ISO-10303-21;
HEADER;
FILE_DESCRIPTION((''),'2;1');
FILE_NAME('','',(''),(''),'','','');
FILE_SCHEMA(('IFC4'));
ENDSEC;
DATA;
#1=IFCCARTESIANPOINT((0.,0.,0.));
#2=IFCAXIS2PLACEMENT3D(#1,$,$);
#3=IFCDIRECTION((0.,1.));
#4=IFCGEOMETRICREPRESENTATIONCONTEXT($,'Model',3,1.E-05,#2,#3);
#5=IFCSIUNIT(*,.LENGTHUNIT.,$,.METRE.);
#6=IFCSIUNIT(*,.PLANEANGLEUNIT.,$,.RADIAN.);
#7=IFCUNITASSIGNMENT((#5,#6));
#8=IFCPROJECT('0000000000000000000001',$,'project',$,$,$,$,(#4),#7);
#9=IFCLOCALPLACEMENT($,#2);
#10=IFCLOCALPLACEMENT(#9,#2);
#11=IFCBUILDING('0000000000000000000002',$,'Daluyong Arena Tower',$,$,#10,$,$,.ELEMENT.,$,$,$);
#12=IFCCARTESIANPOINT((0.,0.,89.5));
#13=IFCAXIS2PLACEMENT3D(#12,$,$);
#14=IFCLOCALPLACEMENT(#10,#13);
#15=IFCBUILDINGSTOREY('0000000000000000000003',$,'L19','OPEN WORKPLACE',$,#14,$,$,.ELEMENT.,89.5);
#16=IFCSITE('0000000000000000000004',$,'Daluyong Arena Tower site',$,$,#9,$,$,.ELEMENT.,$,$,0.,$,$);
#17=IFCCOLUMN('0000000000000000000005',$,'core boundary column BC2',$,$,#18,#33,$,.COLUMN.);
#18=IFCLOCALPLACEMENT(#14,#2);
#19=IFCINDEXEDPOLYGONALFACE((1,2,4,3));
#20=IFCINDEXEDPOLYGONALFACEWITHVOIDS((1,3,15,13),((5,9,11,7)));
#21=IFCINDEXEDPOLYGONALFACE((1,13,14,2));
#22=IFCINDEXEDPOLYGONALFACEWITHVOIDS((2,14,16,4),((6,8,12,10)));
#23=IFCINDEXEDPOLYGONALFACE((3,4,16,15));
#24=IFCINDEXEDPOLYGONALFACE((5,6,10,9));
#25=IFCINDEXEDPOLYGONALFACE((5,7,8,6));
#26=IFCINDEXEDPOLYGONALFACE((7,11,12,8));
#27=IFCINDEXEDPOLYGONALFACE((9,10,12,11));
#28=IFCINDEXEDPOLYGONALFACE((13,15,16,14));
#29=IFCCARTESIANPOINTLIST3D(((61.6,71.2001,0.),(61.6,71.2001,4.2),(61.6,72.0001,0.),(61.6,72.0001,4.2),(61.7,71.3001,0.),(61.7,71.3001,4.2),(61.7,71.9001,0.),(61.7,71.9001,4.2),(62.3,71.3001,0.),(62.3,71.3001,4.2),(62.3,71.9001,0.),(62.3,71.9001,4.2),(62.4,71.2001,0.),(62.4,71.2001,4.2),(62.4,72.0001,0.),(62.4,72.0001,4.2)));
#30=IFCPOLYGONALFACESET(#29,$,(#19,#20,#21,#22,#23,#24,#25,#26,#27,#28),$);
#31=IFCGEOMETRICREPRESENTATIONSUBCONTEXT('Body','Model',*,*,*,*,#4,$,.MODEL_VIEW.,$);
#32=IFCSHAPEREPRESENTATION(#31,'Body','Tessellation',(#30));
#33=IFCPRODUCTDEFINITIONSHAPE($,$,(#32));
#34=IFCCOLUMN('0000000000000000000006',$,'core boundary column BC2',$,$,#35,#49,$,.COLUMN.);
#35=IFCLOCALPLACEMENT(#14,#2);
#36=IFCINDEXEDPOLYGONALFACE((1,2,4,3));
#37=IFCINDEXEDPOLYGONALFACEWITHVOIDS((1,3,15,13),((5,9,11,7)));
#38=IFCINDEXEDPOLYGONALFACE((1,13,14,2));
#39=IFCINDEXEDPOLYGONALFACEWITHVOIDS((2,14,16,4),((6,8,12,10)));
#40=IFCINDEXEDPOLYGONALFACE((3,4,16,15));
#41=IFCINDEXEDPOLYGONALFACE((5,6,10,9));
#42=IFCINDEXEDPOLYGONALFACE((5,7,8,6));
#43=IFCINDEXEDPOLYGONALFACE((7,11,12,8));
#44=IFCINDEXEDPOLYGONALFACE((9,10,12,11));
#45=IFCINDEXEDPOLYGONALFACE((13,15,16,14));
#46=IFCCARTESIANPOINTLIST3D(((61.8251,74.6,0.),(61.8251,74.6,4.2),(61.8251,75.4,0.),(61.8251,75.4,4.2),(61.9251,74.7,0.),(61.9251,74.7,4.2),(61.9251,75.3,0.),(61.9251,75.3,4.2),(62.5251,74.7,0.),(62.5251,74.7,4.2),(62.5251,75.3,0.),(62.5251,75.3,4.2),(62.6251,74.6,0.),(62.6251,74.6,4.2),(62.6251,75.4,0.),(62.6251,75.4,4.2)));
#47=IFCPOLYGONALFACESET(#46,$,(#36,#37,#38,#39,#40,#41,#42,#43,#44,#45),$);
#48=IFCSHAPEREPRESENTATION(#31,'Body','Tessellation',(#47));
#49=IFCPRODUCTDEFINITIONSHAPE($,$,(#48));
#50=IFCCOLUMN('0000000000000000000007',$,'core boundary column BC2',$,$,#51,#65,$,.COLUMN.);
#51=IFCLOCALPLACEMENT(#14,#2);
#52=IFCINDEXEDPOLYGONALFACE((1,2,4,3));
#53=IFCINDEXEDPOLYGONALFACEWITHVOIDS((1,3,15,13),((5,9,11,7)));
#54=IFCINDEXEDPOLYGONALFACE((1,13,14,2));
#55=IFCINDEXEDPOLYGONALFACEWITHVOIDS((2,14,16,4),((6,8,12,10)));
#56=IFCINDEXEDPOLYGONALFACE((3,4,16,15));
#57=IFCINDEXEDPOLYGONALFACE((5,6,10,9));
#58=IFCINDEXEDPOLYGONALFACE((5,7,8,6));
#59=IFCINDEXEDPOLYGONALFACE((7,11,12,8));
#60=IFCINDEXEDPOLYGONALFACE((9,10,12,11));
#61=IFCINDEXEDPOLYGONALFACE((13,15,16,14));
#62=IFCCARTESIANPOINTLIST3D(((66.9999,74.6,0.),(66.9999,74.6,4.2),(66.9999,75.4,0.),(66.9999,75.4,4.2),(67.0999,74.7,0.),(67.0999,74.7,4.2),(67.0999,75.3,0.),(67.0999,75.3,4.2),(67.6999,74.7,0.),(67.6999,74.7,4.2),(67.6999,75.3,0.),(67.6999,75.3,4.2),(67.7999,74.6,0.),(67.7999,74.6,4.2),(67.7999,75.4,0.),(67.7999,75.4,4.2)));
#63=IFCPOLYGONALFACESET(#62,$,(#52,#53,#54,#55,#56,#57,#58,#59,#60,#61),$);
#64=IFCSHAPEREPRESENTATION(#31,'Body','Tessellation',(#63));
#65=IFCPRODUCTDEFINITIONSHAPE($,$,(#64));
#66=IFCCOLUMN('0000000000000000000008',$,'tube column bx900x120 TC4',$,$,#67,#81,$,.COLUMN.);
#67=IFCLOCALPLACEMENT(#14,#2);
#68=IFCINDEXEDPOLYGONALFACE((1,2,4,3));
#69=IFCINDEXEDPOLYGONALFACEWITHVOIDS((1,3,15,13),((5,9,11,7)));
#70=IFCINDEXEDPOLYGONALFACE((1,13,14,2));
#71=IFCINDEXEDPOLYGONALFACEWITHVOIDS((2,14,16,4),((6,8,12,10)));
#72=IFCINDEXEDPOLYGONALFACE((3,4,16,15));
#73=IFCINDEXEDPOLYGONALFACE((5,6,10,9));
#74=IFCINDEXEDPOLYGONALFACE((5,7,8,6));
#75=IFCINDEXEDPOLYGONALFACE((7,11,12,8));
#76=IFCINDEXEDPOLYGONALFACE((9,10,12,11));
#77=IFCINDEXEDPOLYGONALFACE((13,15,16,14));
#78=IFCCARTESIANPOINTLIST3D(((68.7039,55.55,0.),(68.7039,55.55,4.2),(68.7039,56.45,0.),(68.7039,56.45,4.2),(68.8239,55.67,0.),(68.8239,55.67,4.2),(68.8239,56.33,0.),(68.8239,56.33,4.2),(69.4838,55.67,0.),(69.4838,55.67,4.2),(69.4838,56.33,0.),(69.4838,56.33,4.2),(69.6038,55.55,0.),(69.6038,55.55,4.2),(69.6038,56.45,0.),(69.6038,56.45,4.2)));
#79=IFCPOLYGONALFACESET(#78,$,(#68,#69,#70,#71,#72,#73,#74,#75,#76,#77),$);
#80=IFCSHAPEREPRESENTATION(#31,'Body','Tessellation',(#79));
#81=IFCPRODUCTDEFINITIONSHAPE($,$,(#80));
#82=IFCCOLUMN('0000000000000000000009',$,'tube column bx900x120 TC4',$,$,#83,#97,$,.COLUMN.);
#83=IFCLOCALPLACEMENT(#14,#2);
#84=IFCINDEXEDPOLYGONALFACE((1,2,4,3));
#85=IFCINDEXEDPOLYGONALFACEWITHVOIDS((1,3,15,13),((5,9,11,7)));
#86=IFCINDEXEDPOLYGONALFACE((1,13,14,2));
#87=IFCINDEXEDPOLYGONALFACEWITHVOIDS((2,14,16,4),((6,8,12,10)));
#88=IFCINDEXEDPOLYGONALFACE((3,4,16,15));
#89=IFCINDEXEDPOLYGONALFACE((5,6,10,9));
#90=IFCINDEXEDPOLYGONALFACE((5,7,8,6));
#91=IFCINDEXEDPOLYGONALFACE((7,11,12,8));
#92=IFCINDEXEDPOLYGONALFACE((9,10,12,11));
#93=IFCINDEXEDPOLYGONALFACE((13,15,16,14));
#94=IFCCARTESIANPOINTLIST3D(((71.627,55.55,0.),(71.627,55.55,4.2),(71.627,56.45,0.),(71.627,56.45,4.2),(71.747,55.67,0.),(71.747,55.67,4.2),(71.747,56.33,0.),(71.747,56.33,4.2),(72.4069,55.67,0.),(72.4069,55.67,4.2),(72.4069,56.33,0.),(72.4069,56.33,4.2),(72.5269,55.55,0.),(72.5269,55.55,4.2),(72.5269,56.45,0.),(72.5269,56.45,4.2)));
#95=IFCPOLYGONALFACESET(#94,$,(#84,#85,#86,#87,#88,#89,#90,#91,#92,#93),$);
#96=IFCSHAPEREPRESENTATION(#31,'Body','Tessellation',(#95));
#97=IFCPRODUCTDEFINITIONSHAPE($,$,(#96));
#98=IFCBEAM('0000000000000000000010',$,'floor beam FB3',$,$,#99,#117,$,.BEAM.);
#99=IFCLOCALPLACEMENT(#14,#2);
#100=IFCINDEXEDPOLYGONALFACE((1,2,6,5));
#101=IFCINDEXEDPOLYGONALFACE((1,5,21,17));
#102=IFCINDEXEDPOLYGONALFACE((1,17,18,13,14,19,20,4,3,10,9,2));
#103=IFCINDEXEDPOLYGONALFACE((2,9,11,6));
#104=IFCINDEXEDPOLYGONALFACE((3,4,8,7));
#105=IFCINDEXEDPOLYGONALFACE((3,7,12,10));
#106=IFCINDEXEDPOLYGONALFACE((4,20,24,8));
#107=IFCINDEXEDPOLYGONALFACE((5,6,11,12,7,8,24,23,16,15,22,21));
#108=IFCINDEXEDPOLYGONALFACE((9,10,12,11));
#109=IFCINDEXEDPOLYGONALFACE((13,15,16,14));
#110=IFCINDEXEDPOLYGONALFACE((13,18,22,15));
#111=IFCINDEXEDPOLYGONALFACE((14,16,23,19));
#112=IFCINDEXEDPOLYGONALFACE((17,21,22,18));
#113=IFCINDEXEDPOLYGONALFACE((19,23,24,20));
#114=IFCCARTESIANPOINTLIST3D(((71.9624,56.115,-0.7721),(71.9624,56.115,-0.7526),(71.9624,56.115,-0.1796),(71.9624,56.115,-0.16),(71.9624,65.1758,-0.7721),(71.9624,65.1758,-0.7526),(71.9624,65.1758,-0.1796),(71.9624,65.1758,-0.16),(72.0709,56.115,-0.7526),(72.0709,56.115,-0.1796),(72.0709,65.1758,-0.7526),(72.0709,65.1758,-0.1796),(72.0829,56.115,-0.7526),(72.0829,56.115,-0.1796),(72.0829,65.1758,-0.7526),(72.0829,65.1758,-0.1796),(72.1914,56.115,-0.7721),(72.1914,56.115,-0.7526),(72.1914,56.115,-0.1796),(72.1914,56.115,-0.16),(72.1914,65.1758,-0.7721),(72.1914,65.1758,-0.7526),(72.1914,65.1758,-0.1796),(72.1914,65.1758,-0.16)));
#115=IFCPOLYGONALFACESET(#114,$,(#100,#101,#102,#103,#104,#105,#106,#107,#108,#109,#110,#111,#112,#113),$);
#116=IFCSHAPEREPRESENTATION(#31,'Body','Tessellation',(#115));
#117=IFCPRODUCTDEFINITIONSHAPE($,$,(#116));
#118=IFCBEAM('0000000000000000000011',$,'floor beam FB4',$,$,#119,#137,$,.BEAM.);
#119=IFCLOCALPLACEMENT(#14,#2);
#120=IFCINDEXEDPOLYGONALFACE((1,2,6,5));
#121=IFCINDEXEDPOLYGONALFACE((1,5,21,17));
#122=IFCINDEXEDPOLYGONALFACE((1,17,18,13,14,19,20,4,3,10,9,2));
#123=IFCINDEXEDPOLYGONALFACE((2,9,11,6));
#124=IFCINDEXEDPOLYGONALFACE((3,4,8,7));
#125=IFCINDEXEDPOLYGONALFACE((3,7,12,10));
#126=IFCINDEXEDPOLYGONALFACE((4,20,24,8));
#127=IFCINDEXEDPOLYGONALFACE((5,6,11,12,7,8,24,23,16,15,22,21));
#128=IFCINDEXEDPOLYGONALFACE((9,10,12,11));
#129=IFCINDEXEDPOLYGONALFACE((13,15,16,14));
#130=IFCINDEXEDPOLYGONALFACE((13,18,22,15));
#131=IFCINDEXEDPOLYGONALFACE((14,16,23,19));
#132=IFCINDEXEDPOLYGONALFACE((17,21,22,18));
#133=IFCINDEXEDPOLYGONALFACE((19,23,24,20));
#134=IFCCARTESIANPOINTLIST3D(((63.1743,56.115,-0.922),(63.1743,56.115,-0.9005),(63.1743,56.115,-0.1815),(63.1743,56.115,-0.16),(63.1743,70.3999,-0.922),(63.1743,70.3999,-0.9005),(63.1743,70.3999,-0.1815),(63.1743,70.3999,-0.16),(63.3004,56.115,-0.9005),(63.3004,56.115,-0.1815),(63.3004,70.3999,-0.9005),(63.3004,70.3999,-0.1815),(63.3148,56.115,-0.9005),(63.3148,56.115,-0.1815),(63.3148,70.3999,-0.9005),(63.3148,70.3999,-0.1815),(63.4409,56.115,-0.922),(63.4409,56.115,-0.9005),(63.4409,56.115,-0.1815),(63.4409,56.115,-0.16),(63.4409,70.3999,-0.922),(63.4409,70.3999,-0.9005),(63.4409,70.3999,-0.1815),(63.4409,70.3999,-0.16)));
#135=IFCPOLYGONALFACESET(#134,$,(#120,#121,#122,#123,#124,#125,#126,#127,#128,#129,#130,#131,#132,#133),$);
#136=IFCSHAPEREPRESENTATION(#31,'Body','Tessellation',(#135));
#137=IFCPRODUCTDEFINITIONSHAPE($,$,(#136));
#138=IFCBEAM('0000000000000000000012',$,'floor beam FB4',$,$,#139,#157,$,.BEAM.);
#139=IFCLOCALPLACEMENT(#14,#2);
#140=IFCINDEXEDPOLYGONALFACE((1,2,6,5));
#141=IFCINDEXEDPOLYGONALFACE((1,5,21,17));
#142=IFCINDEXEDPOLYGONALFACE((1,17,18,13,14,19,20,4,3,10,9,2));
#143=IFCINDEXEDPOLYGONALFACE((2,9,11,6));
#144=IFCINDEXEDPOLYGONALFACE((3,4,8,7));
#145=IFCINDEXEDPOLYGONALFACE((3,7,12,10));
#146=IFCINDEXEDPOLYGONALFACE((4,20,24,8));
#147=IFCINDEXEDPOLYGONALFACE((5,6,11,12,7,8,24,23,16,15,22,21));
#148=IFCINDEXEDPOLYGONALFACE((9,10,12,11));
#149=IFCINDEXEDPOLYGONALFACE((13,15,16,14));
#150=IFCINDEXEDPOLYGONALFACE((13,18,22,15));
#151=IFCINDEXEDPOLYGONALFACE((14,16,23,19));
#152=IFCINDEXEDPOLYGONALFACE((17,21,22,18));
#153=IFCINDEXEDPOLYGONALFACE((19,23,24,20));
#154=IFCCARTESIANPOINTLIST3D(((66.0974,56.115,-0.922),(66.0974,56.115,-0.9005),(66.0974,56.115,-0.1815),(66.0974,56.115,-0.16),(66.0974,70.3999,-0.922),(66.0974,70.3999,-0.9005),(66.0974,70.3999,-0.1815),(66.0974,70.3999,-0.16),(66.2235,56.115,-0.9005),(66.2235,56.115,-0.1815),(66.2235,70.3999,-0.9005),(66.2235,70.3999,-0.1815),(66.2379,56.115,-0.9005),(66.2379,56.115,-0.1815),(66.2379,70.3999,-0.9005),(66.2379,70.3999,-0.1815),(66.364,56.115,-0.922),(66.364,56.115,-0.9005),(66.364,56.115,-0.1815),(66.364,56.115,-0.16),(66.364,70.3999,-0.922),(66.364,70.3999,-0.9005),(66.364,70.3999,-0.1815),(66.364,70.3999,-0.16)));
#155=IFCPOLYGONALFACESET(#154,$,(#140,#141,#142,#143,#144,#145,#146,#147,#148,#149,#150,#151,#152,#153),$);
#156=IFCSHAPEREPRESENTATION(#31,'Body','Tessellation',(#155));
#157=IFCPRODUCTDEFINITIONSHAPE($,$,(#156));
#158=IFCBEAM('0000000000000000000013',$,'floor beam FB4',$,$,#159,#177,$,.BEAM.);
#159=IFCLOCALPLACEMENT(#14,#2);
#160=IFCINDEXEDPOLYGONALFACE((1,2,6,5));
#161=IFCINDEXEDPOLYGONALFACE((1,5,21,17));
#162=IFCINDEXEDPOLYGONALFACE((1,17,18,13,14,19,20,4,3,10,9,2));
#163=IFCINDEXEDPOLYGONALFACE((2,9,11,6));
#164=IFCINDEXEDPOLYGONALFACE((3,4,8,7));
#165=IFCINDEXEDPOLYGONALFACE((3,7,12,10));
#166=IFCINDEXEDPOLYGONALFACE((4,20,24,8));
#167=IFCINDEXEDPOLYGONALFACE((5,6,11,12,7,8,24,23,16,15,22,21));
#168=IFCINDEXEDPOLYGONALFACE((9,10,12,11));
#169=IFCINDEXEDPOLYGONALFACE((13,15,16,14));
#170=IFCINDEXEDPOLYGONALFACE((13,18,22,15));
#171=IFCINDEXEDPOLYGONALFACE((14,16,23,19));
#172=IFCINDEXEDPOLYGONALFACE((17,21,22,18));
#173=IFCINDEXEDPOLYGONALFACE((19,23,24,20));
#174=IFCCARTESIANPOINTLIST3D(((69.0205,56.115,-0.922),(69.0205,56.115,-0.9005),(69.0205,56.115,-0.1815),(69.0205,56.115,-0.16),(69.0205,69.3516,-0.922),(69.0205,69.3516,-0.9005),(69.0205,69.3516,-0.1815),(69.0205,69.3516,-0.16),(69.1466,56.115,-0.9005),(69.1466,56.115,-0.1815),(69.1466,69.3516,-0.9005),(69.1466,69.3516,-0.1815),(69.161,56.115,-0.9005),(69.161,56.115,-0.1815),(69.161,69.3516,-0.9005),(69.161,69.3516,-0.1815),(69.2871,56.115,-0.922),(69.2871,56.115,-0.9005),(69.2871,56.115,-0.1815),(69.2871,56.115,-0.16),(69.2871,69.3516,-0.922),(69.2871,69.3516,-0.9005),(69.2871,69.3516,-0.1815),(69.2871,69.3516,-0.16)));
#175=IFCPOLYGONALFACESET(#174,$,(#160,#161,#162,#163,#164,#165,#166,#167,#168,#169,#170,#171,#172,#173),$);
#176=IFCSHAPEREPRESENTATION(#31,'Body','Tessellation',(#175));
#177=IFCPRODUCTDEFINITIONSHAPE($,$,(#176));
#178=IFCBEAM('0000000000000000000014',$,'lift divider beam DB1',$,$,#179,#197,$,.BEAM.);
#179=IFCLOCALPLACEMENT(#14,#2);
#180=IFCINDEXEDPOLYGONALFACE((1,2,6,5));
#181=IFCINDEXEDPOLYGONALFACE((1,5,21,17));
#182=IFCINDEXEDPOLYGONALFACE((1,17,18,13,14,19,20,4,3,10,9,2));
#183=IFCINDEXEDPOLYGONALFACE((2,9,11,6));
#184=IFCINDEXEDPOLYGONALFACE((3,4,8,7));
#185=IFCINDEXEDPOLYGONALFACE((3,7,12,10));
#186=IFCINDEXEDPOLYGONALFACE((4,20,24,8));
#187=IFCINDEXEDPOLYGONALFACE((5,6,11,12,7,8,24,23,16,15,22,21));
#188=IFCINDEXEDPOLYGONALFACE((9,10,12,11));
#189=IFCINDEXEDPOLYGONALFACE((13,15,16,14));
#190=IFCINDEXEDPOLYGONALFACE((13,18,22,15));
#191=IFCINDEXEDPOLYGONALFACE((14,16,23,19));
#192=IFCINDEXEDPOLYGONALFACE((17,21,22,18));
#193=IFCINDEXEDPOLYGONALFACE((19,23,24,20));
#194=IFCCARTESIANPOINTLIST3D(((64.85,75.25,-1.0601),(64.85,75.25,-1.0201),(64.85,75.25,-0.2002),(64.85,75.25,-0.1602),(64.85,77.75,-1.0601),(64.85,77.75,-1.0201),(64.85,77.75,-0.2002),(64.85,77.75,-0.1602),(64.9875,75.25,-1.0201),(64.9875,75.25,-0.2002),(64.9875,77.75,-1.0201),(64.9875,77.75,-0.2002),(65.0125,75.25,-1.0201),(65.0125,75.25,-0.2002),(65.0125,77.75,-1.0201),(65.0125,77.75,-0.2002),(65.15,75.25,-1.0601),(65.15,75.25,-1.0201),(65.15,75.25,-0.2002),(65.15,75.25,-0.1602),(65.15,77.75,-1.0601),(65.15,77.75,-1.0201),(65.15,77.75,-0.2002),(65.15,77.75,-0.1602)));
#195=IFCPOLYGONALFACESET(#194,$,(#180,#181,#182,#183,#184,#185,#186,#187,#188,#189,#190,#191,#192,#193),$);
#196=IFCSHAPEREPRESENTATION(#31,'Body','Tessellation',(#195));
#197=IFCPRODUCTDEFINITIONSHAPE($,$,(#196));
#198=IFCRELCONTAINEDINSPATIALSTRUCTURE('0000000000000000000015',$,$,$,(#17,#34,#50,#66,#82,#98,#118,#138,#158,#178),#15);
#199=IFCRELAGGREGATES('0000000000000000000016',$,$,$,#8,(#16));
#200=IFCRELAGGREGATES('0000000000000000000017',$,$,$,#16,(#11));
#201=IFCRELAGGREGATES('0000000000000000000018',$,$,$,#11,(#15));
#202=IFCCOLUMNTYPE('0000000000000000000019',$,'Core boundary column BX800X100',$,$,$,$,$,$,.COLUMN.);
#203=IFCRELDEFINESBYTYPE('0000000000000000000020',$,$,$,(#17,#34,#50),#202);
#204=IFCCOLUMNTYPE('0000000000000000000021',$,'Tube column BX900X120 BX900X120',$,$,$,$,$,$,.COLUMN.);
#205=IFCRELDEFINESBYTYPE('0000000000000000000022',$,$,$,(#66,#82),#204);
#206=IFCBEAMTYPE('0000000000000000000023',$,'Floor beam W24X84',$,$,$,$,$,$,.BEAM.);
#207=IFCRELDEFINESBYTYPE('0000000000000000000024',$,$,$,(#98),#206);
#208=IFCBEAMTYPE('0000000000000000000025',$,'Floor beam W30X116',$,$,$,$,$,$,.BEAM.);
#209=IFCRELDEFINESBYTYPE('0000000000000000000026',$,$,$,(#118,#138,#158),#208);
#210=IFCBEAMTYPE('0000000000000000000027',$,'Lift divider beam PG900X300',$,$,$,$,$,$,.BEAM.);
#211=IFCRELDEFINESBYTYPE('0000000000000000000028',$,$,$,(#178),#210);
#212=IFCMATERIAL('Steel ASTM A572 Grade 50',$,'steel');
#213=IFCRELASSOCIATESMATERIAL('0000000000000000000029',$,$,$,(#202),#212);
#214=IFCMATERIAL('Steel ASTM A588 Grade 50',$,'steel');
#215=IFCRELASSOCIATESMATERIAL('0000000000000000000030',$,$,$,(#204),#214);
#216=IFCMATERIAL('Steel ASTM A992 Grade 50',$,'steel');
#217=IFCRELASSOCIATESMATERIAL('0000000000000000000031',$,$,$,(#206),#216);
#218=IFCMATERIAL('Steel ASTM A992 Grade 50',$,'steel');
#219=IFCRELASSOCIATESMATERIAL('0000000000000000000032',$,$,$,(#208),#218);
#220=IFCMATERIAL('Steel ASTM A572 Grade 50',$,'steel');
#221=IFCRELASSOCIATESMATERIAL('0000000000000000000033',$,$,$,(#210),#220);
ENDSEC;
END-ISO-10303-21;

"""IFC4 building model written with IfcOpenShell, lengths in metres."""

from ifc_helpers import new_model, si_unit, direction, frame, origin, origin_2d, place, context, subcontext, project, spatial, hollow_rectangle, i_section, extrude, material, material_profile, profile_set, type_object, element, save


model = new_model("IFC4")

# Units and contexts
model_context = context("Model", 3, precision=1e-05, world=origin(), true_north=direction((0.0, 1.0)))
body_context = subcontext(model_context, "Body", "Model", "MODEL_VIEW")
ifc_project = project(units=[si_unit("LENGTHUNIT", "METRE"), si_unit("PLANEANGLEUNIT", "RADIAN")], contexts=[model_context])

# Site, building, storey
site_placement = place(None, origin())
site = spatial("IfcSite", under=ifc_project, at=site_placement, Name="Daluyong Arena Tower site", CompositionType="ELEMENT", RefElevation=0.0)
building_placement = place(site_placement, origin())
building = spatial("IfcBuilding", under=site, at=building_placement, Name="Daluyong Arena Tower", CompositionType="ELEMENT")
storey_placement = place(building_placement, frame((0.0, 0.0, 89.5)))
storey = spatial("IfcBuildingStorey", under=building, at=storey_placement, Name="L19", Description="OPEN WORKPLACE", CompositionType="ELEMENT", Elevation=89.5)

# Columns
ifc_material_1 = material(Name="Steel ASTM A572 Grade 50", Category="steel")
ifc_material_profile_1 = material_profile(ifc_material_1, hollow_rectangle(XDim=0.8, YDim=0.8, WallThickness=0.1, at=origin_2d()))
ifc_profile_set_1 = profile_set([ifc_material_profile_1], Name="Steel ASTM A572 Grade 50")
column_type_1 = type_object("IfcColumnType", Name="Core boundary column BX800X100", PredefinedType="COLUMN", material=ifc_profile_set_1)
for number, where, z_axis, x_axis, name in (
    (1, (62.0, 71.6001, 0.0), (0.0, 0.0, 1.0), (1.0, 0.0, 0.0), "core boundary column BC2"),
    (2, (62.2251, 75.0, 0.0), (0.0, 0.0, 1.0), (1.0, 0.0, 0.0), "core boundary column BC2"),
    (3, (67.3999, 75.0, 0.0), (0.0, 0.0, 1.0), (1.0, 0.0, 0.0), "core boundary column BC2"),
):
    element("IfcColumn", number, at=place(storey_placement, frame(where, z_axis=z_axis, x_axis=x_axis)), inside=storey, type_object=column_type_1, Name=name, PredefinedType="COLUMN", context=body_context, shape_type="SweptSolid", body=[
        extrude(hollow_rectangle(XDim=0.8, YDim=0.8, WallThickness=0.1, at=origin_2d()), origin(), (0.0, 0.0, 1.0), 4.2),
    ])
ifc_material_2 = material(Name="Steel ASTM A588 Grade 50", Category="steel")
ifc_material_profile_2 = material_profile(ifc_material_2, hollow_rectangle(XDim=0.8999, YDim=0.8999, WallThickness=0.12, at=origin_2d()))
ifc_profile_set_2 = profile_set([ifc_material_profile_2], Name="Steel ASTM A588 Grade 50")
column_type_2 = type_object("IfcColumnType", Name="Tube column BX900X120 BX900X120", PredefinedType="COLUMN", material=ifc_profile_set_2)
for number, where, z_axis, x_axis, name in (
    (4, (69.1538, 56.0, 0.0), (0.0, 0.0, 1.0), (1.0, 0.0, 0.0), "tube column bx900x120 TC4"),
    (5, (72.0769, 56.0, 0.0), (0.0, 0.0, 1.0), (1.0, 0.0, 0.0), "tube column bx900x120 TC4"),
):
    element("IfcColumn", number, at=place(storey_placement, frame(where, z_axis=z_axis, x_axis=x_axis)), inside=storey, type_object=column_type_2, Name=name, PredefinedType="COLUMN", context=body_context, shape_type="SweptSolid", body=[
        extrude(hollow_rectangle(XDim=0.8999, YDim=0.8999, WallThickness=0.12, at=origin_2d()), origin(), (0.0, 0.0, 1.0), 4.2),
    ])

# Beams
ifc_material_3 = material(Name="Steel ASTM A992 Grade 50", Category="steel")
ifc_material_profile_3 = material_profile(ifc_material_3, i_section(OverallWidth=0.229, OverallDepth=0.6121, WebThickness=0.012, FlangeThickness=0.0195, at=origin_2d()))
ifc_profile_set_3 = profile_set([ifc_material_profile_3], Name="Steel ASTM A992 Grade 50")
beam_type_1 = type_object("IfcBeamType", Name="Floor beam W24X84", PredefinedType="BEAM", material=ifc_profile_set_3)
beam_1_placement = place(storey_placement, frame((72.0769, 56.115, -0.4661), z_axis=(0.0, 1.0, 0.0), x_axis=(-1.0, 0.0, 0.0)))
element("IfcBeam", 6, at=beam_1_placement, inside=storey, type_object=beam_type_1, Name="floor beam FB3", PredefinedType="BEAM", context=body_context, shape_type="SweptSolid", body=[
    extrude(i_section(OverallWidth=0.229, OverallDepth=0.6121, WebThickness=0.012, FlangeThickness=0.0195, at=origin_2d()), origin(), (0.0, 0.0, 1.0), 9.0608),
])
ifc_material_4 = material(Name="Steel ASTM A992 Grade 50", Category="steel")
ifc_material_profile_4 = material_profile(ifc_material_4, i_section(OverallWidth=0.2666, OverallDepth=0.762, WebThickness=0.0144, FlangeThickness=0.0215, at=origin_2d()))
ifc_profile_set_4 = profile_set([ifc_material_profile_4], Name="Steel ASTM A992 Grade 50")
beam_type_2 = type_object("IfcBeamType", Name="Floor beam W30X116", PredefinedType="BEAM", material=ifc_profile_set_4)
for number, where, z_axis, x_axis, name in (
    (7, (63.3076, 56.115, -0.541), (0.0, 1.0, 0.0), (-1.0, 0.0, 0.0), "floor beam FB4"),
    (8, (66.2307, 56.115, -0.541), (0.0, 1.0, 0.0), (-1.0, 0.0, 0.0), "floor beam FB4"),
):
    element("IfcBeam", number, at=place(storey_placement, frame(where, z_axis=z_axis, x_axis=x_axis)), inside=storey, type_object=beam_type_2, Name=name, PredefinedType="BEAM", context=body_context, shape_type="SweptSolid", body=[
        extrude(i_section(OverallWidth=0.2666, OverallDepth=0.762, WebThickness=0.0144, FlangeThickness=0.0215, at=origin_2d()), origin(), (0.0, 0.0, 1.0), 14.2849),
    ])
beam_2_placement = place(storey_placement, frame((69.1538, 56.115, -0.541), z_axis=(0.0, 1.0, 0.0), x_axis=(-1.0, 0.0, 0.0)))
element("IfcBeam", 9, at=beam_2_placement, inside=storey, type_object=beam_type_2, Name="floor beam FB4", PredefinedType="BEAM", context=body_context, shape_type="SweptSolid", body=[
    extrude(i_section(OverallWidth=0.2666, OverallDepth=0.762, WebThickness=0.0144, FlangeThickness=0.0215, at=origin_2d()), origin(), (0.0, 0.0, 1.0), 13.2366),
])
ifc_material_5 = material(Name="Steel ASTM A572 Grade 50", Category="steel")
ifc_material_profile_5 = material_profile(ifc_material_5, i_section(OverallWidth=0.3, OverallDepth=0.8999, WebThickness=0.025, FlangeThickness=0.04, at=origin_2d()))
ifc_profile_set_5 = profile_set([ifc_material_profile_5], Name="Steel ASTM A572 Grade 50")
beam_type_3 = type_object("IfcBeamType", Name="Lift divider beam PG900X300", PredefinedType="BEAM", material=ifc_profile_set_5)
beam_3_placement = place(storey_placement, frame((65.0, 75.25, -0.6101), z_axis=(0.0, 1.0, 0.0), x_axis=(-1.0, 0.0, 0.0)))
element("IfcBeam", 10, at=beam_3_placement, inside=storey, type_object=beam_type_3, Name="lift divider beam DB1", PredefinedType="BEAM", context=body_context, shape_type="SweptSolid", body=[
    extrude(i_section(OverallWidth=0.3, OverallDepth=0.8999, WebThickness=0.025, FlangeThickness=0.04, at=origin_2d()), origin(), (0.0, 0.0, 1.0), 2.5),
])

save(model, "model.ifc")
